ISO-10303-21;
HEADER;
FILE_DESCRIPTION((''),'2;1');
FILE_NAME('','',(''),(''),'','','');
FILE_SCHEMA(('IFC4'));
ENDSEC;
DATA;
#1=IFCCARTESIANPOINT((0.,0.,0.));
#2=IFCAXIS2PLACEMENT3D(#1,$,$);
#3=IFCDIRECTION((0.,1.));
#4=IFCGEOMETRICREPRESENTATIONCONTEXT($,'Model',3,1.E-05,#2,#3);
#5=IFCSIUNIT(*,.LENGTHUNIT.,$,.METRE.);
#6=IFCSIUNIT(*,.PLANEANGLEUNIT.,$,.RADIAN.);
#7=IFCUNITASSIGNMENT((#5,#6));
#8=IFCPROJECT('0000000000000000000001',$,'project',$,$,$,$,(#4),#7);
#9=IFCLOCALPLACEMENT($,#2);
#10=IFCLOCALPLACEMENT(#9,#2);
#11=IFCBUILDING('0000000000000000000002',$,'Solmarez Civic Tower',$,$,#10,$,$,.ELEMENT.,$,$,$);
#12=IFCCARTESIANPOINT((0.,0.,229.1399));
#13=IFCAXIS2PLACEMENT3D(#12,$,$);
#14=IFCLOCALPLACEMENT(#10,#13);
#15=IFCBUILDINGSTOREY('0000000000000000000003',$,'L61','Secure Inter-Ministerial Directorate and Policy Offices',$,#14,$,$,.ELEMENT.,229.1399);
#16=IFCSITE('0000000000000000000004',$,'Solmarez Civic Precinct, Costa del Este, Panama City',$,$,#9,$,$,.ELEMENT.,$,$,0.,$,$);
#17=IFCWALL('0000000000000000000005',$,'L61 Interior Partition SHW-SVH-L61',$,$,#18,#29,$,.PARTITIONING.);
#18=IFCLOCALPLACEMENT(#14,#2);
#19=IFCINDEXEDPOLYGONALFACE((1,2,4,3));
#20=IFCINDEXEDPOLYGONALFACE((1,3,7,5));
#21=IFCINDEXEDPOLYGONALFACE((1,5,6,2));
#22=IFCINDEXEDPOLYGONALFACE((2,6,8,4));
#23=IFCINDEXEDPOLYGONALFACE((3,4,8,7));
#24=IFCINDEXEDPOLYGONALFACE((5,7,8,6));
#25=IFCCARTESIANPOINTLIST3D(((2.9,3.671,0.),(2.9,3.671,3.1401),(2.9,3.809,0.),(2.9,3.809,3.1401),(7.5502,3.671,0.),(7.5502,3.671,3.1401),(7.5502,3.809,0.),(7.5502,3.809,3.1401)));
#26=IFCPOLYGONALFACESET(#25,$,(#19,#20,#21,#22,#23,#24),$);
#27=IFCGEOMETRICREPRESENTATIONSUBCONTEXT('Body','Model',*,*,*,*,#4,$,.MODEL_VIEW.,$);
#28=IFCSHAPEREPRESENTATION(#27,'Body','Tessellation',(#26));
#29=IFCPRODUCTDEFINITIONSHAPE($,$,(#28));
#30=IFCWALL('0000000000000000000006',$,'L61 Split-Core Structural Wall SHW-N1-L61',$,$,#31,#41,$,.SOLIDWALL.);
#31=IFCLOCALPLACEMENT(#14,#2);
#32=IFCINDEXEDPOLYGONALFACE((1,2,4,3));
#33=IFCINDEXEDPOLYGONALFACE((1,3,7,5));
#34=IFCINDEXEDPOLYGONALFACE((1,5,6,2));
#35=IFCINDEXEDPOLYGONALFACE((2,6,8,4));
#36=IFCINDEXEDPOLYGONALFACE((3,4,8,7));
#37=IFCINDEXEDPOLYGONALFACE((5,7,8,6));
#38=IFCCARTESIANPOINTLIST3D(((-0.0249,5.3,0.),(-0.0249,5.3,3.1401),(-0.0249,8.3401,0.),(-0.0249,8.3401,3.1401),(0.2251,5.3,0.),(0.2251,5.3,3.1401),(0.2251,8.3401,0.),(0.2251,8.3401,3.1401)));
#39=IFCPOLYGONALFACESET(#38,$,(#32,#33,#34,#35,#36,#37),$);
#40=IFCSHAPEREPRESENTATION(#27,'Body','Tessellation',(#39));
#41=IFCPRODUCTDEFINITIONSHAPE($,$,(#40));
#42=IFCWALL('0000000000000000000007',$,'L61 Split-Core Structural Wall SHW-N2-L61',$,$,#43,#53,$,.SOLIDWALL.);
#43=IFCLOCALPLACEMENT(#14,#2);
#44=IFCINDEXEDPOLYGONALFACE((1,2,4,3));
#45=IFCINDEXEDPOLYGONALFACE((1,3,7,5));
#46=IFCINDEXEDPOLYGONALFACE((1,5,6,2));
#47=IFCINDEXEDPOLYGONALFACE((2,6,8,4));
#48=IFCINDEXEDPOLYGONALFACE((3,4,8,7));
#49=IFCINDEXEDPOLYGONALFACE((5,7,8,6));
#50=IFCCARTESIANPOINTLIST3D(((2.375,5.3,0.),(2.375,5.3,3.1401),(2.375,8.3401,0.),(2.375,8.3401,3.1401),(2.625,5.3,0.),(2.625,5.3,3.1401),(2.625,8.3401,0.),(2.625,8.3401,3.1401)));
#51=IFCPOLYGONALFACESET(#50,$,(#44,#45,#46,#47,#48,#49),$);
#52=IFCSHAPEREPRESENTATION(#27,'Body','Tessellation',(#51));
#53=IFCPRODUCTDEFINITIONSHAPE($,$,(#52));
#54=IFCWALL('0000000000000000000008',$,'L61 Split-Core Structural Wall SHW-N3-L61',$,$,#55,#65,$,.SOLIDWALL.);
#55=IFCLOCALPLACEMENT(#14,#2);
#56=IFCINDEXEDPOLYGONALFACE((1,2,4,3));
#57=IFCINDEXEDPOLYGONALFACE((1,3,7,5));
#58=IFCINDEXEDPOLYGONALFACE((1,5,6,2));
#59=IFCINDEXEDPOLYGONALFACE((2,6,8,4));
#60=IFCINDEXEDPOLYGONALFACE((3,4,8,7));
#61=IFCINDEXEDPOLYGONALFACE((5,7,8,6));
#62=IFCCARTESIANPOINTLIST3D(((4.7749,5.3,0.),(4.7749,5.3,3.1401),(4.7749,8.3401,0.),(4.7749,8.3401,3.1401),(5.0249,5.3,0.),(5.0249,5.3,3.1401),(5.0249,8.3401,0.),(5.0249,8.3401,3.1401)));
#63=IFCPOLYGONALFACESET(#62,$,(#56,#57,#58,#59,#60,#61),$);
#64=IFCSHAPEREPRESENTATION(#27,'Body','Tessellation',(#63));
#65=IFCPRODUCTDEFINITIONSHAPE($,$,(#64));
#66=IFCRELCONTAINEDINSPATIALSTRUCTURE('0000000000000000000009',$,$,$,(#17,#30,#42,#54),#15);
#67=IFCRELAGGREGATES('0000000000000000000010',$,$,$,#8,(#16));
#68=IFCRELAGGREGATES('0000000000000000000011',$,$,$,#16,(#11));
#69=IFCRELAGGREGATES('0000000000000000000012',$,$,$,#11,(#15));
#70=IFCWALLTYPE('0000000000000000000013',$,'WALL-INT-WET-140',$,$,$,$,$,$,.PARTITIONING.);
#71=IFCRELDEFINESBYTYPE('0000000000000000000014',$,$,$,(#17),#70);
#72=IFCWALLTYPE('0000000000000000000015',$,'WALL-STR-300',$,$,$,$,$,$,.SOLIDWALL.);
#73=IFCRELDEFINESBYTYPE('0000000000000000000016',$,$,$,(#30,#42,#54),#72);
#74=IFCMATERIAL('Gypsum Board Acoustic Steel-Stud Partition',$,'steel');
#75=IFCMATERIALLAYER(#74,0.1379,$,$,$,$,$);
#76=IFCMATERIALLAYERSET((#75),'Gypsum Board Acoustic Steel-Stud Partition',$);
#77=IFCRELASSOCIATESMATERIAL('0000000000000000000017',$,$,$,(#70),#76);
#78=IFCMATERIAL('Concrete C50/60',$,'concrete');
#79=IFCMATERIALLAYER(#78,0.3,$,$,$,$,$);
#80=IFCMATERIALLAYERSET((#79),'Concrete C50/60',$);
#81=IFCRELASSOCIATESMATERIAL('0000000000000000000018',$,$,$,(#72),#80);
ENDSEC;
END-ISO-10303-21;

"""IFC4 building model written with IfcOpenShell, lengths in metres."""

from ifc_helpers import new_model, si_unit, direction, frame, frame_2d, origin, place, context, subcontext, project, spatial, rectangle, extrude, material, layer, layer_set, type_object, element, save


model = new_model("IFC4")

# Units and contexts
model_context = context("Model", 3, precision=1e-05, world=origin(), true_north=direction((0.0, 1.0)))
body_context = subcontext(model_context, "Body", "Model", "MODEL_VIEW")
ifc_project = project(units=[si_unit("LENGTHUNIT", "METRE"), si_unit("PLANEANGLEUNIT", "RADIAN")], contexts=[model_context])

# Site, building, storey
site_placement = place(None, origin())
site = spatial("IfcSite", under=ifc_project, at=site_placement, Name="Solmarez Civic Precinct, Costa del Este, Panama City", CompositionType="ELEMENT", RefElevation=0.0)
building_placement = place(site_placement, origin())
building = spatial("IfcBuilding", under=site, at=building_placement, Name="Solmarez Civic Tower", CompositionType="ELEMENT")
storey_placement = place(building_placement, frame((0.0, 0.0, 229.1399)))
storey = spatial("IfcBuildingStorey", under=building, at=storey_placement, Name="L61", Description="Secure Inter-Ministerial Directorate and Policy Offices", CompositionType="ELEMENT", Elevation=229.1399)

# Shared definitions
ifc_material_1 = material(Name="Concrete C50/60", Category="concrete")

# Wall
ifc_material_2 = material(Name="Gypsum Board Acoustic Steel-Stud Partition", Category="steel")
ifc_layer_1 = layer(ifc_material_2, 0.1379)
ifc_layer_set_1 = layer_set([ifc_layer_1], Name="Gypsum Board Acoustic Steel-Stud Partition")
wall_type_1 = type_object("IfcWallType", Name="WALL-INT-WET-140", PredefinedType="PARTITIONING", material=ifc_layer_set_1)
wall_1_placement = place(storey_placement, frame((2.8999, 3.74, 0.0), z_axis=(0.0, 0.0, 1.0), x_axis=(1.0, 0.0, 0.0)))
element("IfcWall", 1, at=wall_1_placement, inside=storey, type_object=wall_type_1, Name="L61 Interior Partition SHW-SVH-L61", PredefinedType="PARTITIONING", context=body_context, shape_type="SweptSolid", body=[
    extrude(rectangle(XDim=4.6501, YDim=0.1379, at=frame_2d((2.3252, 0.0))), origin(), (0.0, 0.0, 1.0), 3.1401),
])

# Shared definitions
ifc_layer_2 = layer(ifc_material_1, 0.3)
ifc_layer_set_2 = layer_set([ifc_layer_2], Name="Concrete C50/60")
wall_type_2 = type_object("IfcWallType", Name="WALL-STR-300", PredefinedType="SOLIDWALL", material=ifc_layer_set_2)

# Walls
for number, where, z_axis, x_axis, name in (
    (2, (0.1001, 5.3, 0.0), (0.0, 0.0, 1.0), (0.0, 1.0, 0.0), "L61 Split-Core Structural Wall SHW-N1-L61"),
    (3, (2.5, 5.3, 0.0), (0.0, 0.0, 1.0), (0.0, 1.0, 0.0), "L61 Split-Core Structural Wall SHW-N2-L61"),
    (4, (4.8999, 5.3, 0.0), (0.0, 0.0, 1.0), (0.0, 1.0, 0.0), "L61 Split-Core Structural Wall SHW-N3-L61"),
):
    element("IfcWall", number, at=place(storey_placement, frame(where, z_axis=z_axis, x_axis=x_axis)), inside=storey, type_object=wall_type_2, Name=name, PredefinedType="SOLIDWALL", context=body_context, shape_type="SweptSolid", body=[
        extrude(rectangle(XDim=3.04, YDim=0.25, at=frame_2d((1.52, 0.0))), origin(), (0.0, 0.0, 1.0), 3.1401),
    ])

save(model, "model.ifc")
